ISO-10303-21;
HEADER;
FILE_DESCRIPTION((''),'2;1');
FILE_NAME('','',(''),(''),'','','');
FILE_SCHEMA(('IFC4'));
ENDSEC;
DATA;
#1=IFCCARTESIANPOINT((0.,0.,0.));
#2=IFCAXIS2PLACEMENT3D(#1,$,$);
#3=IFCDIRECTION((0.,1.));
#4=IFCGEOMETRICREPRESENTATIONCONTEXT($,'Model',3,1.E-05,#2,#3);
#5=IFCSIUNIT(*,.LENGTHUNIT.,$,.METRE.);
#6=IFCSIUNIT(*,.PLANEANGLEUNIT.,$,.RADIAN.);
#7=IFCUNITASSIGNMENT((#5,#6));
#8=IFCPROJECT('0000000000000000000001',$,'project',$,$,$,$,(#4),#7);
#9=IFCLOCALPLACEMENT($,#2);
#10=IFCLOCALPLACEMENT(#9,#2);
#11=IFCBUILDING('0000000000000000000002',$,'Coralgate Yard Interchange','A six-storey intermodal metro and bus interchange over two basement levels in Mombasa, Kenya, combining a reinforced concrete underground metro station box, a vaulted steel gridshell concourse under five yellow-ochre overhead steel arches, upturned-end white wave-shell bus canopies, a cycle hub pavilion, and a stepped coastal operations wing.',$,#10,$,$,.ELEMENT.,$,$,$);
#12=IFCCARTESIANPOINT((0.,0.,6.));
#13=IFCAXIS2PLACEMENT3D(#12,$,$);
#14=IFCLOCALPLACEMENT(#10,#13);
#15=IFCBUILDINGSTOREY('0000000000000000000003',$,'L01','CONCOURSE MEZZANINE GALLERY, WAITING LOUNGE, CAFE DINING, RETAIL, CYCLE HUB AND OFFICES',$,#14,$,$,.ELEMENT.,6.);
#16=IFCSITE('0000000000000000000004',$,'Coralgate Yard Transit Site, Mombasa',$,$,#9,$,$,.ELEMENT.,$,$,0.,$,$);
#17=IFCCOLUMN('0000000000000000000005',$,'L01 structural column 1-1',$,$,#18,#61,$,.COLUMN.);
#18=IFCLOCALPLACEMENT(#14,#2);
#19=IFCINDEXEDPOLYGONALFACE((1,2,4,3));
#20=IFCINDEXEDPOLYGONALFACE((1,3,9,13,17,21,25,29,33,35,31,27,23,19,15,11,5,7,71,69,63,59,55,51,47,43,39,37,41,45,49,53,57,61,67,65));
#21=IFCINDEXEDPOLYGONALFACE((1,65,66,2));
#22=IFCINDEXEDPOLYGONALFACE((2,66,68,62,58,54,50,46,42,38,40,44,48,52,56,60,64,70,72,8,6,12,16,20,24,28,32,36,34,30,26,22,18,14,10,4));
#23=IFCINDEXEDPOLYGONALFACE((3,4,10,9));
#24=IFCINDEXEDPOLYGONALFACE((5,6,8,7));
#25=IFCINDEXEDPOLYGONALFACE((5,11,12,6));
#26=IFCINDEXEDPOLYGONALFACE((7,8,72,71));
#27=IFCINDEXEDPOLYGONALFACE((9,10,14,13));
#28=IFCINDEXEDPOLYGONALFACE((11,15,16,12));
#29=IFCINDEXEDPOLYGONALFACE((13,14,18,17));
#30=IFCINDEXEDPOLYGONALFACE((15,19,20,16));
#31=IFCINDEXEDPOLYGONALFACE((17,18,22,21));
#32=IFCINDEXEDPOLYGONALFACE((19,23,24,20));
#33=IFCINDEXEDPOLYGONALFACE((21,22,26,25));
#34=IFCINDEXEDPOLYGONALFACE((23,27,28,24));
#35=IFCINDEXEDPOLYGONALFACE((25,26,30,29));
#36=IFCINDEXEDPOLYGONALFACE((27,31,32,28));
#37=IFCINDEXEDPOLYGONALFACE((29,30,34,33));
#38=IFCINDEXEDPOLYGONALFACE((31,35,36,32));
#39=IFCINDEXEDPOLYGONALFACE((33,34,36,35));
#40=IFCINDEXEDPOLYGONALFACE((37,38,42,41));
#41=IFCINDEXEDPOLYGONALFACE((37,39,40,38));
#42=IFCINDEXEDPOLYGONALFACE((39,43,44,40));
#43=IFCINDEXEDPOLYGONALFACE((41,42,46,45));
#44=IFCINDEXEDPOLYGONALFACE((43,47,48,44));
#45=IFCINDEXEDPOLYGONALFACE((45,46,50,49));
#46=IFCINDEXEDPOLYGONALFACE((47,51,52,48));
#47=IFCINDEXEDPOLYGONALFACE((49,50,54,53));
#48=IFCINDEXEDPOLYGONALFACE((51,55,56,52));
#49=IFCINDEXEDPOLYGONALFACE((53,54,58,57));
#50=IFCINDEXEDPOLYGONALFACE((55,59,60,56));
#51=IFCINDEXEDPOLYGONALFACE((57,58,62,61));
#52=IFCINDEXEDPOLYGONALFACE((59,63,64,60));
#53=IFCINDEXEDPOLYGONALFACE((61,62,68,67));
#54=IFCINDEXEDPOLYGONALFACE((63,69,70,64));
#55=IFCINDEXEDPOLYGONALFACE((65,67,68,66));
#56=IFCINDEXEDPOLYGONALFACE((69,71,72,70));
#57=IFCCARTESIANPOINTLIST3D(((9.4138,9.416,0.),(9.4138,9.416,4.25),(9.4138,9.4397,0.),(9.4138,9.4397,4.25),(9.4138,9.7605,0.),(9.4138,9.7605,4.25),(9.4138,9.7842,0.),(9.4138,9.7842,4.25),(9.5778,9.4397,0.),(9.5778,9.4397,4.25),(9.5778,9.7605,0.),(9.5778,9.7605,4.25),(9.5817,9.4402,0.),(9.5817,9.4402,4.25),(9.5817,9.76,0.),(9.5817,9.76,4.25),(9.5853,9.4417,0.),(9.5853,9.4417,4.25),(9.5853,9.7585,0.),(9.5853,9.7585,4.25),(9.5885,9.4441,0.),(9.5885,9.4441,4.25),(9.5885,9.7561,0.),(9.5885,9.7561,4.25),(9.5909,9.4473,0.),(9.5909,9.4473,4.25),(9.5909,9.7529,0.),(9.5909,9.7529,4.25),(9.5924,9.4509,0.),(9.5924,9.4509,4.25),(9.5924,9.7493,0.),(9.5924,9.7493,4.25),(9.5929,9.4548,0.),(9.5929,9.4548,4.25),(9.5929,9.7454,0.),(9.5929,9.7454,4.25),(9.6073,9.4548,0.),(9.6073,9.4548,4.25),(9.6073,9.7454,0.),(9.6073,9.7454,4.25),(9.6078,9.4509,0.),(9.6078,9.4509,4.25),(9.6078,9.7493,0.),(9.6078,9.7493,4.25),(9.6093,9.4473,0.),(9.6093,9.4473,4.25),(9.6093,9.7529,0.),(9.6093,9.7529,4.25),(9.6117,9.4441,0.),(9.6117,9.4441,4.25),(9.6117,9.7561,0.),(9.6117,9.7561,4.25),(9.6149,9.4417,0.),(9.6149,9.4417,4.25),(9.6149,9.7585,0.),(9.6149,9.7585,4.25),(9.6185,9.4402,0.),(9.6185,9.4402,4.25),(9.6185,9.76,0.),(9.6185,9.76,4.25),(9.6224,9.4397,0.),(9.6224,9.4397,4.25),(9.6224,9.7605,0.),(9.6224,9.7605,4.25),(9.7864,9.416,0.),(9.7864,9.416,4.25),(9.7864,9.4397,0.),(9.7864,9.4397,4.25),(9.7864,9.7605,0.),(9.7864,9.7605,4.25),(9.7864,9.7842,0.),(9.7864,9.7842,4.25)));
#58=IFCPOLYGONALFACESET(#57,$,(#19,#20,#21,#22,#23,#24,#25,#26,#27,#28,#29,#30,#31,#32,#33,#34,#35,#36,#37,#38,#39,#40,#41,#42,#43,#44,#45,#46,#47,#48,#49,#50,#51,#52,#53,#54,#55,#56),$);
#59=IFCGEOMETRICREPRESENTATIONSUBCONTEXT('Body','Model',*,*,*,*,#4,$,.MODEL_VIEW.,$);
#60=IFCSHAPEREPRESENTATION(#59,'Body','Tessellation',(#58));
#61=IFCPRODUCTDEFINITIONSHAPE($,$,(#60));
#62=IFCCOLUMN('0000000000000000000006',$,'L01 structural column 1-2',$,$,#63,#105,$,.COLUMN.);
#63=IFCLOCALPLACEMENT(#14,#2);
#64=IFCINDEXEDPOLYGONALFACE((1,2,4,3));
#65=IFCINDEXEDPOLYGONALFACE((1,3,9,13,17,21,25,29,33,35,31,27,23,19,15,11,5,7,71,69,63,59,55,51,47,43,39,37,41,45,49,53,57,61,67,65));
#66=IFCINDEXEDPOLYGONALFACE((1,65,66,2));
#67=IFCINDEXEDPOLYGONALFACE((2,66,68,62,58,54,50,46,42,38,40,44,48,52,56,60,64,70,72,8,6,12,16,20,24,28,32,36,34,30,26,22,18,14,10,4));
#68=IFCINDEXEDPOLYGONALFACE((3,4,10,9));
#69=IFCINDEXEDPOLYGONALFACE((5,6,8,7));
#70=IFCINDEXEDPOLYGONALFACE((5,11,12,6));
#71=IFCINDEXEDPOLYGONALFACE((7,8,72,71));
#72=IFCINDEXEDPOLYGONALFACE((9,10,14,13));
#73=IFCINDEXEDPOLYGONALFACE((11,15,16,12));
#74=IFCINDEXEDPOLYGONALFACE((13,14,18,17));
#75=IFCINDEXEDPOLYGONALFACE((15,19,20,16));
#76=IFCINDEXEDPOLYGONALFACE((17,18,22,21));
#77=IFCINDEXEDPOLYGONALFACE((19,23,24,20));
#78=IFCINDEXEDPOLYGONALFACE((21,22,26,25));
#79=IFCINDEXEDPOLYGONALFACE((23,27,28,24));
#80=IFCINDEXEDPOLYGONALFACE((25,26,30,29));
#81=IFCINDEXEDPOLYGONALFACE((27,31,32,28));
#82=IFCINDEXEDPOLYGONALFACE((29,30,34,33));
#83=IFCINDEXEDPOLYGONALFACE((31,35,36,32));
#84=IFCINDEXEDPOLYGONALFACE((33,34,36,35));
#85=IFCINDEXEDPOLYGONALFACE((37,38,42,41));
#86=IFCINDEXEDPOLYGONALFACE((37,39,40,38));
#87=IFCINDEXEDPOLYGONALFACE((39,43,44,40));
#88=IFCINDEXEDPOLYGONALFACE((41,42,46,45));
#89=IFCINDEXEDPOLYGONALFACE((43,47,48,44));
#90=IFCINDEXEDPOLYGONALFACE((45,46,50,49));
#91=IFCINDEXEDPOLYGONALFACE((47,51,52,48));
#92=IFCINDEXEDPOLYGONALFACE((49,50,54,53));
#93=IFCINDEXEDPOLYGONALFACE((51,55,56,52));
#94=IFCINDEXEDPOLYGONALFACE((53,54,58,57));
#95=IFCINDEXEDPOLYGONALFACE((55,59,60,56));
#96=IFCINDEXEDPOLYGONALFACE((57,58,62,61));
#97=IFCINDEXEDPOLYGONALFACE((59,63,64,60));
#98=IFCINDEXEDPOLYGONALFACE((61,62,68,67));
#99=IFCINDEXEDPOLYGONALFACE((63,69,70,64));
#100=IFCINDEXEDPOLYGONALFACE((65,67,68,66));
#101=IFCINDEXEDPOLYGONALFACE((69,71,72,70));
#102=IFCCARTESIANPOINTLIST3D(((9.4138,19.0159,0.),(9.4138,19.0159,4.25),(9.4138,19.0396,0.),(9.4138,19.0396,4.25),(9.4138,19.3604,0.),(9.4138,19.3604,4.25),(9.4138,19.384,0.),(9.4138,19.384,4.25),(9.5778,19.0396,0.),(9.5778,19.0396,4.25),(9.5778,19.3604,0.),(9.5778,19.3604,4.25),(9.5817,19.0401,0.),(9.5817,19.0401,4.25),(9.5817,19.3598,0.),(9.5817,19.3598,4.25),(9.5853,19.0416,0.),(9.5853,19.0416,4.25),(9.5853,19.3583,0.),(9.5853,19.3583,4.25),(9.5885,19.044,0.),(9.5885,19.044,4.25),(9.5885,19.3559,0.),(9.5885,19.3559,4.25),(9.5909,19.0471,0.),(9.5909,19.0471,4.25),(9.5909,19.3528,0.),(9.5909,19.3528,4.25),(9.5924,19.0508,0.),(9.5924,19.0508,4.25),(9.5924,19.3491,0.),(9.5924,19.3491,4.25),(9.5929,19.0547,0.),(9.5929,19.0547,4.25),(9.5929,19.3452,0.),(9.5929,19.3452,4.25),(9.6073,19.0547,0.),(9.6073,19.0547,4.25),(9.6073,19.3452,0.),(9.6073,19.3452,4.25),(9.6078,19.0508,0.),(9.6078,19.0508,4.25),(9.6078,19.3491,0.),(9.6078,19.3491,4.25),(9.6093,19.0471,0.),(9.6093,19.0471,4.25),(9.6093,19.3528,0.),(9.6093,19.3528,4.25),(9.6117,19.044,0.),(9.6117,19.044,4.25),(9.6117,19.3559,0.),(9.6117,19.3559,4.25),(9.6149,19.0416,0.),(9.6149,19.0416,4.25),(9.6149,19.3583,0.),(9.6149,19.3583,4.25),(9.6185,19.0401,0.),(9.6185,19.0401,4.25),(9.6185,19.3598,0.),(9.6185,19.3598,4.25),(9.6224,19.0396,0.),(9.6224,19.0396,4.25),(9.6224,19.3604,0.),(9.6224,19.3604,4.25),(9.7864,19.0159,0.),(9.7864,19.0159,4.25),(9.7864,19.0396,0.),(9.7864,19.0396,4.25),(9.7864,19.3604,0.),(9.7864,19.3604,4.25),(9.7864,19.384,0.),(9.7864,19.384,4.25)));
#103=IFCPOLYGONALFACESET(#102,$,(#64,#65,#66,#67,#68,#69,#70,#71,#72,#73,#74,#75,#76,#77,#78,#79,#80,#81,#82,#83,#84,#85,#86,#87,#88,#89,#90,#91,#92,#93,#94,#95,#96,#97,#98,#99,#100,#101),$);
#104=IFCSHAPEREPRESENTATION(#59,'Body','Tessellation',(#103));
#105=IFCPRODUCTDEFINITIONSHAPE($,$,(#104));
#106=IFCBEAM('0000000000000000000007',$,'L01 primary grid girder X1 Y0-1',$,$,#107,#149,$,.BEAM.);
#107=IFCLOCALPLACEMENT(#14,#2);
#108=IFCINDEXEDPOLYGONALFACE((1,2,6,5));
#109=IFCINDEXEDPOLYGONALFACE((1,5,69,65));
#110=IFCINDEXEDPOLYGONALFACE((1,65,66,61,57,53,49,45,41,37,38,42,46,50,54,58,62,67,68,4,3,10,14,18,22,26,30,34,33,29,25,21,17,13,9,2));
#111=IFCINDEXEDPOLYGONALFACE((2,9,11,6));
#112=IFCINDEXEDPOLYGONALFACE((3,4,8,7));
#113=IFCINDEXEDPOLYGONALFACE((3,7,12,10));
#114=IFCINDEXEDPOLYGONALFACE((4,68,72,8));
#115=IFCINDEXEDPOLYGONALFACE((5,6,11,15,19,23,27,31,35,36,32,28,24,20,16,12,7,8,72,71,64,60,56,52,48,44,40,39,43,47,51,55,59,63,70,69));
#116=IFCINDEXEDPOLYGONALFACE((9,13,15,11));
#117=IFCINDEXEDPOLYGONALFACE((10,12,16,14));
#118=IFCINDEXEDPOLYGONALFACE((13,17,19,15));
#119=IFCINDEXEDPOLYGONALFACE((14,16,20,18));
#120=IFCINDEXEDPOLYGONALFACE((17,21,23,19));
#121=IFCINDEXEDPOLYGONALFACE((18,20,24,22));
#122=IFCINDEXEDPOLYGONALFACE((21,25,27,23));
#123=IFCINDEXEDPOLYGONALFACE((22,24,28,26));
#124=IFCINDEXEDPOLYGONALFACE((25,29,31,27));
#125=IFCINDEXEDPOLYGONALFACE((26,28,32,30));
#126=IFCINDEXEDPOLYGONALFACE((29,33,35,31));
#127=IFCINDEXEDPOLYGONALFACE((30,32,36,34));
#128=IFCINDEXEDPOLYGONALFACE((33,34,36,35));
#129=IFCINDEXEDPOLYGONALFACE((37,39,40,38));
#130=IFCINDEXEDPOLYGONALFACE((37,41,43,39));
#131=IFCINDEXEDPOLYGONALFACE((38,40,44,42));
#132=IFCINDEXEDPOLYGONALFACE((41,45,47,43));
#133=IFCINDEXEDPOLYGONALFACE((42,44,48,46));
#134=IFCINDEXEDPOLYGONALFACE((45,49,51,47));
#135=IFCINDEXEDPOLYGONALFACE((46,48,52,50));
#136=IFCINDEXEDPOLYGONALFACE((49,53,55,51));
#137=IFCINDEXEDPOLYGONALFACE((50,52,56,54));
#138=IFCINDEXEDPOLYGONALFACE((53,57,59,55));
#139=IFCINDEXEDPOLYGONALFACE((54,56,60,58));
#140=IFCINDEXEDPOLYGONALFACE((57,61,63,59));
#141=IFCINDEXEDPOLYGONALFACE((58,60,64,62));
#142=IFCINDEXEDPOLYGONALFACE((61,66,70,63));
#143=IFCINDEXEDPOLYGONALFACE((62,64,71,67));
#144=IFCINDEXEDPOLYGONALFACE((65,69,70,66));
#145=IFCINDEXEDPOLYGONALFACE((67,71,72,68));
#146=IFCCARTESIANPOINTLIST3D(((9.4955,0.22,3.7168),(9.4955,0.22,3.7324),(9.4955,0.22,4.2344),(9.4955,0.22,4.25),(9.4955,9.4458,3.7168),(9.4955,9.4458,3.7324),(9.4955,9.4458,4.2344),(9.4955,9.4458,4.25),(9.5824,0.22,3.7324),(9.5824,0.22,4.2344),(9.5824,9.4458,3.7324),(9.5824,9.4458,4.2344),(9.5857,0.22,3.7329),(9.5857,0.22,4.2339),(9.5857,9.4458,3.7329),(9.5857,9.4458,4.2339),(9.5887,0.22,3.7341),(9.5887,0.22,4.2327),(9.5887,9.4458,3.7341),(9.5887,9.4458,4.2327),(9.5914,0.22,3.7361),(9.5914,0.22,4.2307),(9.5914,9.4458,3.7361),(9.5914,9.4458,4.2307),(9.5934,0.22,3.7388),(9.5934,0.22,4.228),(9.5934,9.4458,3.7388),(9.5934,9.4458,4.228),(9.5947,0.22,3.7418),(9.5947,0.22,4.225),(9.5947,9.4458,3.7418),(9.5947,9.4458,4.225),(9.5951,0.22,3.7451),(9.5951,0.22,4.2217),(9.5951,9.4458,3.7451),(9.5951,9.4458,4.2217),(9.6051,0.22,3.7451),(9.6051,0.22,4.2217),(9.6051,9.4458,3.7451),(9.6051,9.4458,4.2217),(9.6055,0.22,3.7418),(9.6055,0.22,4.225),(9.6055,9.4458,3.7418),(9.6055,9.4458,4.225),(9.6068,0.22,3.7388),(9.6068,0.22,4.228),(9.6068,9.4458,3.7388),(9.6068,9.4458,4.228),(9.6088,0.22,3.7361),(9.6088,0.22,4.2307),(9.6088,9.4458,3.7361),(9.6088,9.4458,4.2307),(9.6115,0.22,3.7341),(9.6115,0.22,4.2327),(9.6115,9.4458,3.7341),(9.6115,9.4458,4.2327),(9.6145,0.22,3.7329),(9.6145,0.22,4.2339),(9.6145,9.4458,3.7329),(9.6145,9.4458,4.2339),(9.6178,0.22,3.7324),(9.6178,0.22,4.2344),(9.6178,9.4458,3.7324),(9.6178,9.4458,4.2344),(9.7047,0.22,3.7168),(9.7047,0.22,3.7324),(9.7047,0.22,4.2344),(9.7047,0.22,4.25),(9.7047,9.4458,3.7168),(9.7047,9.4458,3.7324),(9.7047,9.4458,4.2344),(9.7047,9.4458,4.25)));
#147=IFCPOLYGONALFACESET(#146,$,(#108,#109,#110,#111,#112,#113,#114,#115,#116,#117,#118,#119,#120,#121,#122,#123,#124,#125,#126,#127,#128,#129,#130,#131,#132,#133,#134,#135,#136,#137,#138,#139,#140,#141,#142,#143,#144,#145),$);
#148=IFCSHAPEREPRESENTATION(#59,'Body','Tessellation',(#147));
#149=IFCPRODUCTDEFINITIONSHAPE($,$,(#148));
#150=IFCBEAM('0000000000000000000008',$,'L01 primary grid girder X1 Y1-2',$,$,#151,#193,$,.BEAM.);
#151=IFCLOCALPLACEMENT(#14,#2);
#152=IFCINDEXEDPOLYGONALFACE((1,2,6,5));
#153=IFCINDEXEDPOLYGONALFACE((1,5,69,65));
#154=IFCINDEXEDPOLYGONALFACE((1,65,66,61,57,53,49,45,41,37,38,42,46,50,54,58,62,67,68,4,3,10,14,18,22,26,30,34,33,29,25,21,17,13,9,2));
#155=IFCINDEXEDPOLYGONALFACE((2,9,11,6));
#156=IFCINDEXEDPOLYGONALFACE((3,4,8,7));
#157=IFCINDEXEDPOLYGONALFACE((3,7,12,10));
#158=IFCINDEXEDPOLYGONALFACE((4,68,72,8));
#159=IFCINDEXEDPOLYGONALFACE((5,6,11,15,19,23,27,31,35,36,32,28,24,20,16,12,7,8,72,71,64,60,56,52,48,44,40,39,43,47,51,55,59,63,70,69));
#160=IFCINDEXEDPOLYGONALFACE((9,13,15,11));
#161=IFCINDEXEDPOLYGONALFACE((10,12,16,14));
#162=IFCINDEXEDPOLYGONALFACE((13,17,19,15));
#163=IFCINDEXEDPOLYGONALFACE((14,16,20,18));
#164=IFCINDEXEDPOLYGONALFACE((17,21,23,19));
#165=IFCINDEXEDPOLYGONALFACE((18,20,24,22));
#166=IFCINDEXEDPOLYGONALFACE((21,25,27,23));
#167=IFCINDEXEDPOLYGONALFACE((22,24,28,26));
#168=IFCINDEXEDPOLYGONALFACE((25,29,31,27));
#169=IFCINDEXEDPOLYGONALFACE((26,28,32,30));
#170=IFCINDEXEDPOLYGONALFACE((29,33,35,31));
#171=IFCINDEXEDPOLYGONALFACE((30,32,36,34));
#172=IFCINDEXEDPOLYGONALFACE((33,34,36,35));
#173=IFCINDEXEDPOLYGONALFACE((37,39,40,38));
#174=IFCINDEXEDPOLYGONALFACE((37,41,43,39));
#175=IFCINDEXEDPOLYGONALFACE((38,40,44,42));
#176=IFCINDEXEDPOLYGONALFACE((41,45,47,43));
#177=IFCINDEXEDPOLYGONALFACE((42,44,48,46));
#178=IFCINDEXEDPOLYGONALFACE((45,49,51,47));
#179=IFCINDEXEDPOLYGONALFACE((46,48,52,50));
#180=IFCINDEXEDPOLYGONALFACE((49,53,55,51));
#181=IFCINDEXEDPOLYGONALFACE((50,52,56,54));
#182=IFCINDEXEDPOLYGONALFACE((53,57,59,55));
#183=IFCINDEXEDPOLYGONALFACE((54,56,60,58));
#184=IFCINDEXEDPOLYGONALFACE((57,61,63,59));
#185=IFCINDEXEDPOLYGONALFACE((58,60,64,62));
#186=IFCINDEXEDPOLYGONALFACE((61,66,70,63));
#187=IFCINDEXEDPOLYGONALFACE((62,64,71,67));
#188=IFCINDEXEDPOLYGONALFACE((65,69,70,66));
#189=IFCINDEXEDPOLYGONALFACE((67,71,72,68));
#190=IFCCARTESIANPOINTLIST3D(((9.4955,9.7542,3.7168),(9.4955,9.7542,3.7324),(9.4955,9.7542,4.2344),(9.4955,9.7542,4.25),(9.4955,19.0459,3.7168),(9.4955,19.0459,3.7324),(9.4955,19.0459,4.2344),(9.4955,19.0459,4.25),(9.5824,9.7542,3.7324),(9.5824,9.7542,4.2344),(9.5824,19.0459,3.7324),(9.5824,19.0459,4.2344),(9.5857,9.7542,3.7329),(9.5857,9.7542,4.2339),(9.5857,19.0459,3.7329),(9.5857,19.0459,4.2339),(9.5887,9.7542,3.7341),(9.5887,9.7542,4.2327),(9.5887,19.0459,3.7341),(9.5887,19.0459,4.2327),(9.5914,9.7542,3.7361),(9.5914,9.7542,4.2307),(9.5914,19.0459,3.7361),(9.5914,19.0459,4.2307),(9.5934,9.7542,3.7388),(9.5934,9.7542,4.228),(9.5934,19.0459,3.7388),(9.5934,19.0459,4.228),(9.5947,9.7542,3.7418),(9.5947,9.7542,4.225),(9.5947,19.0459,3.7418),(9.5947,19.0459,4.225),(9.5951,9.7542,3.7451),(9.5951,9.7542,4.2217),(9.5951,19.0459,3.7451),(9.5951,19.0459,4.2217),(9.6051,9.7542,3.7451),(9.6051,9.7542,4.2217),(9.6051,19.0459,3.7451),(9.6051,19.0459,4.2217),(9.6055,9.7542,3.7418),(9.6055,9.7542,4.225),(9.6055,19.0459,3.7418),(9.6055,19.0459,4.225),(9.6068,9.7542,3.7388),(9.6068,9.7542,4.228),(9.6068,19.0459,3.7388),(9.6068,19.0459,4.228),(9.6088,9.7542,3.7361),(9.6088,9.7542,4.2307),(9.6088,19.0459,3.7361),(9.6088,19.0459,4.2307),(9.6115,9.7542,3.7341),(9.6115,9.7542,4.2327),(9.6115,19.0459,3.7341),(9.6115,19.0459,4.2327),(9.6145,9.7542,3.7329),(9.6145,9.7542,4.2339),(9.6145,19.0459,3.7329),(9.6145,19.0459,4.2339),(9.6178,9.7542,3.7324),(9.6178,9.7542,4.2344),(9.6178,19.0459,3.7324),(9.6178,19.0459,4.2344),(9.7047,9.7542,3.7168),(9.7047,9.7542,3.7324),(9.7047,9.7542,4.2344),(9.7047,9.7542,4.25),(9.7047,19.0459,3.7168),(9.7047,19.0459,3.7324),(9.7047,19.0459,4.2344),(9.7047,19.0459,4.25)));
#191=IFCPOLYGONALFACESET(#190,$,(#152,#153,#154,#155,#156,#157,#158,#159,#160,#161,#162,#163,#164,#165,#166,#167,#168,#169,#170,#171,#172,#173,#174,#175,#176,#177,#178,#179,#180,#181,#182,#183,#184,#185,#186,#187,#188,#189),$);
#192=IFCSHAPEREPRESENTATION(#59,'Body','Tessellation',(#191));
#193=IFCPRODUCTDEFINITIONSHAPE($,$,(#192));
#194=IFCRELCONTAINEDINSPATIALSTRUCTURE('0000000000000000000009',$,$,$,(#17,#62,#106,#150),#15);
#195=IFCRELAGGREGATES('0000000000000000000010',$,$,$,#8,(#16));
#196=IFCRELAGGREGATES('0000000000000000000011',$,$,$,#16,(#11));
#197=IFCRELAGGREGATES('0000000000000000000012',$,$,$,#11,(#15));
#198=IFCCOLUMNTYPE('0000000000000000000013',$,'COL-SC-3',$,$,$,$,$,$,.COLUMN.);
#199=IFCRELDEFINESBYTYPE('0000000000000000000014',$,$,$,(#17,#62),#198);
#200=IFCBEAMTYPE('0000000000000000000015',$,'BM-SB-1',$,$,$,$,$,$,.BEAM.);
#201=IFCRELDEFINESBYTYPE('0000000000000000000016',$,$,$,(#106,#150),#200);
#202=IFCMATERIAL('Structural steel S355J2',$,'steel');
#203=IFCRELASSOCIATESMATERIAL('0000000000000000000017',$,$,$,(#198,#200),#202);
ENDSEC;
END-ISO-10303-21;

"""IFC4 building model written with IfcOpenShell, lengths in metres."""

from ifc_helpers import new_model, si_unit, direction, frame, origin, origin_2d, place, context, subcontext, project, spatial, i_section, extrude, material, material_profile, profile_set, type_object, element, save


model = new_model("IFC4")

# Units and contexts
model_context = context("Model", 3, precision=1e-05, world=origin(), true_north=direction((0.0, 1.0)))
body_context = subcontext(model_context, "Body", "Model", "MODEL_VIEW")
ifc_project = project(units=[si_unit("LENGTHUNIT", "METRE"), si_unit("PLANEANGLEUNIT", "RADIAN")], contexts=[model_context])

# Site, building, storey
site_placement = place(None, origin())
site = spatial("IfcSite", under=ifc_project, at=site_placement, Name="Coralgate Yard Transit Site, Mombasa", CompositionType="ELEMENT", RefElevation=0.0)
building_placement = place(site_placement, origin())
building = spatial("IfcBuilding", under=site, at=building_placement, Name="Coralgate Yard Interchange", Description="A six-storey intermodal metro and bus interchange over two basement levels in Mombasa, Kenya, combining a reinforced concrete underground metro station box, a vaulted steel gridshell concourse under five yellow-ochre overhead steel arches, upturned-end white wave-shell bus canopies, a cycle hub pavilion, and a stepped coastal operations wing.", CompositionType="ELEMENT")
storey_placement = place(building_placement, frame((0.0, 0.0, 6.0)))
storey = spatial("IfcBuildingStorey", under=building, at=storey_placement, Name="L01", Description="CONCOURSE MEZZANINE GALLERY, WAITING LOUNGE, CAFE DINING, RETAIL, CYCLE HUB AND OFFICES", CompositionType="ELEMENT", Elevation=6.0)

# Columns
ifc_material_1 = material(Name="Structural steel S355J2", Category="steel")
ifc_material_profile_1 = material_profile(ifc_material_1, i_section(OverallWidth=0.3726, OverallDepth=0.3682, WebThickness=0.0144, FlangeThickness=0.0237, FilletRadius=0.0151, at=origin_2d()), Name="UC 356x368x177")
ifc_profile_set_1 = profile_set([ifc_material_profile_1], Name="Structural steel S355J2")
column_type = type_object("IfcColumnType", Name="COL-SC-3", PredefinedType="COLUMN", material=ifc_profile_set_1)
for number, where, z_axis, x_axis, name in (
    (1, (9.6001, 9.6001, 0.0), (0.0, 0.0, 1.0), (1.0, 0.0, 0.0), "L01 structural column 1-1"),
    (2, (9.6001, 19.2, 0.0), (0.0, 0.0, 1.0), (1.0, 0.0, 0.0), "L01 structural column 1-2"),
):
    element("IfcColumn", number, at=place(storey_placement, frame(where, z_axis=z_axis, x_axis=x_axis)), inside=storey, type_object=column_type, Name=name, PredefinedType="COLUMN", context=body_context, shape_type="SweptSolid", body=[
        extrude(i_section(OverallWidth=0.3726, OverallDepth=0.3682, WebThickness=0.0144, FlangeThickness=0.0237, FilletRadius=0.0151, at=origin_2d()), origin(), (0.0, 0.0, 1.0), 4.25),
    ])

# Beams
ifc_material_profile_2 = material_profile(ifc_material_1, i_section(OverallWidth=0.2092, OverallDepth=0.5332, WebThickness=0.01, FlangeThickness=0.0156, FilletRadius=0.0127, at=origin_2d()), Name="UB 533x210x92")
ifc_profile_set_2 = profile_set([ifc_material_profile_2], Name="Structural steel S355J2")
beam_type_1 = type_object("IfcBeamType", Name="BM-SB-1", PredefinedType="BEAM", material=ifc_profile_set_2)
beam_1_placement = place(storey_placement, frame((9.6001, 0.22, 3.9834), z_axis=(0.0, 1.0, 0.0), x_axis=(-1.0, 0.0, 0.0)))
element("IfcBeam", 3, at=beam_1_placement, inside=storey, type_object=beam_type_1, Name="L01 primary grid girder X1 Y0-1", PredefinedType="BEAM", context=body_context, shape_type="SweptSolid", body=[
    extrude(i_section(OverallWidth=0.2092, OverallDepth=0.5332, WebThickness=0.01, FlangeThickness=0.0156, FilletRadius=0.0127, at=origin_2d()), origin(), (0.0, 0.0, 1.0), 9.2258),
])
beam_2_placement = place(storey_placement, frame((9.6001, 9.7542, 3.9834), z_axis=(0.0, 1.0, 0.0), x_axis=(-1.0, 0.0, 0.0)))
element("IfcBeam", 4, at=beam_2_placement, inside=storey, type_object=beam_type_1, Name="L01 primary grid girder X1 Y1-2", PredefinedType="BEAM", context=body_context, shape_type="SweptSolid", body=[
    extrude(i_section(OverallWidth=0.2092, OverallDepth=0.5332, WebThickness=0.01, FlangeThickness=0.0156, FilletRadius=0.0127, at=origin_2d()), origin(), (0.0, 0.0, 1.0), 9.2917),
])

save(model, "model.ifc")
